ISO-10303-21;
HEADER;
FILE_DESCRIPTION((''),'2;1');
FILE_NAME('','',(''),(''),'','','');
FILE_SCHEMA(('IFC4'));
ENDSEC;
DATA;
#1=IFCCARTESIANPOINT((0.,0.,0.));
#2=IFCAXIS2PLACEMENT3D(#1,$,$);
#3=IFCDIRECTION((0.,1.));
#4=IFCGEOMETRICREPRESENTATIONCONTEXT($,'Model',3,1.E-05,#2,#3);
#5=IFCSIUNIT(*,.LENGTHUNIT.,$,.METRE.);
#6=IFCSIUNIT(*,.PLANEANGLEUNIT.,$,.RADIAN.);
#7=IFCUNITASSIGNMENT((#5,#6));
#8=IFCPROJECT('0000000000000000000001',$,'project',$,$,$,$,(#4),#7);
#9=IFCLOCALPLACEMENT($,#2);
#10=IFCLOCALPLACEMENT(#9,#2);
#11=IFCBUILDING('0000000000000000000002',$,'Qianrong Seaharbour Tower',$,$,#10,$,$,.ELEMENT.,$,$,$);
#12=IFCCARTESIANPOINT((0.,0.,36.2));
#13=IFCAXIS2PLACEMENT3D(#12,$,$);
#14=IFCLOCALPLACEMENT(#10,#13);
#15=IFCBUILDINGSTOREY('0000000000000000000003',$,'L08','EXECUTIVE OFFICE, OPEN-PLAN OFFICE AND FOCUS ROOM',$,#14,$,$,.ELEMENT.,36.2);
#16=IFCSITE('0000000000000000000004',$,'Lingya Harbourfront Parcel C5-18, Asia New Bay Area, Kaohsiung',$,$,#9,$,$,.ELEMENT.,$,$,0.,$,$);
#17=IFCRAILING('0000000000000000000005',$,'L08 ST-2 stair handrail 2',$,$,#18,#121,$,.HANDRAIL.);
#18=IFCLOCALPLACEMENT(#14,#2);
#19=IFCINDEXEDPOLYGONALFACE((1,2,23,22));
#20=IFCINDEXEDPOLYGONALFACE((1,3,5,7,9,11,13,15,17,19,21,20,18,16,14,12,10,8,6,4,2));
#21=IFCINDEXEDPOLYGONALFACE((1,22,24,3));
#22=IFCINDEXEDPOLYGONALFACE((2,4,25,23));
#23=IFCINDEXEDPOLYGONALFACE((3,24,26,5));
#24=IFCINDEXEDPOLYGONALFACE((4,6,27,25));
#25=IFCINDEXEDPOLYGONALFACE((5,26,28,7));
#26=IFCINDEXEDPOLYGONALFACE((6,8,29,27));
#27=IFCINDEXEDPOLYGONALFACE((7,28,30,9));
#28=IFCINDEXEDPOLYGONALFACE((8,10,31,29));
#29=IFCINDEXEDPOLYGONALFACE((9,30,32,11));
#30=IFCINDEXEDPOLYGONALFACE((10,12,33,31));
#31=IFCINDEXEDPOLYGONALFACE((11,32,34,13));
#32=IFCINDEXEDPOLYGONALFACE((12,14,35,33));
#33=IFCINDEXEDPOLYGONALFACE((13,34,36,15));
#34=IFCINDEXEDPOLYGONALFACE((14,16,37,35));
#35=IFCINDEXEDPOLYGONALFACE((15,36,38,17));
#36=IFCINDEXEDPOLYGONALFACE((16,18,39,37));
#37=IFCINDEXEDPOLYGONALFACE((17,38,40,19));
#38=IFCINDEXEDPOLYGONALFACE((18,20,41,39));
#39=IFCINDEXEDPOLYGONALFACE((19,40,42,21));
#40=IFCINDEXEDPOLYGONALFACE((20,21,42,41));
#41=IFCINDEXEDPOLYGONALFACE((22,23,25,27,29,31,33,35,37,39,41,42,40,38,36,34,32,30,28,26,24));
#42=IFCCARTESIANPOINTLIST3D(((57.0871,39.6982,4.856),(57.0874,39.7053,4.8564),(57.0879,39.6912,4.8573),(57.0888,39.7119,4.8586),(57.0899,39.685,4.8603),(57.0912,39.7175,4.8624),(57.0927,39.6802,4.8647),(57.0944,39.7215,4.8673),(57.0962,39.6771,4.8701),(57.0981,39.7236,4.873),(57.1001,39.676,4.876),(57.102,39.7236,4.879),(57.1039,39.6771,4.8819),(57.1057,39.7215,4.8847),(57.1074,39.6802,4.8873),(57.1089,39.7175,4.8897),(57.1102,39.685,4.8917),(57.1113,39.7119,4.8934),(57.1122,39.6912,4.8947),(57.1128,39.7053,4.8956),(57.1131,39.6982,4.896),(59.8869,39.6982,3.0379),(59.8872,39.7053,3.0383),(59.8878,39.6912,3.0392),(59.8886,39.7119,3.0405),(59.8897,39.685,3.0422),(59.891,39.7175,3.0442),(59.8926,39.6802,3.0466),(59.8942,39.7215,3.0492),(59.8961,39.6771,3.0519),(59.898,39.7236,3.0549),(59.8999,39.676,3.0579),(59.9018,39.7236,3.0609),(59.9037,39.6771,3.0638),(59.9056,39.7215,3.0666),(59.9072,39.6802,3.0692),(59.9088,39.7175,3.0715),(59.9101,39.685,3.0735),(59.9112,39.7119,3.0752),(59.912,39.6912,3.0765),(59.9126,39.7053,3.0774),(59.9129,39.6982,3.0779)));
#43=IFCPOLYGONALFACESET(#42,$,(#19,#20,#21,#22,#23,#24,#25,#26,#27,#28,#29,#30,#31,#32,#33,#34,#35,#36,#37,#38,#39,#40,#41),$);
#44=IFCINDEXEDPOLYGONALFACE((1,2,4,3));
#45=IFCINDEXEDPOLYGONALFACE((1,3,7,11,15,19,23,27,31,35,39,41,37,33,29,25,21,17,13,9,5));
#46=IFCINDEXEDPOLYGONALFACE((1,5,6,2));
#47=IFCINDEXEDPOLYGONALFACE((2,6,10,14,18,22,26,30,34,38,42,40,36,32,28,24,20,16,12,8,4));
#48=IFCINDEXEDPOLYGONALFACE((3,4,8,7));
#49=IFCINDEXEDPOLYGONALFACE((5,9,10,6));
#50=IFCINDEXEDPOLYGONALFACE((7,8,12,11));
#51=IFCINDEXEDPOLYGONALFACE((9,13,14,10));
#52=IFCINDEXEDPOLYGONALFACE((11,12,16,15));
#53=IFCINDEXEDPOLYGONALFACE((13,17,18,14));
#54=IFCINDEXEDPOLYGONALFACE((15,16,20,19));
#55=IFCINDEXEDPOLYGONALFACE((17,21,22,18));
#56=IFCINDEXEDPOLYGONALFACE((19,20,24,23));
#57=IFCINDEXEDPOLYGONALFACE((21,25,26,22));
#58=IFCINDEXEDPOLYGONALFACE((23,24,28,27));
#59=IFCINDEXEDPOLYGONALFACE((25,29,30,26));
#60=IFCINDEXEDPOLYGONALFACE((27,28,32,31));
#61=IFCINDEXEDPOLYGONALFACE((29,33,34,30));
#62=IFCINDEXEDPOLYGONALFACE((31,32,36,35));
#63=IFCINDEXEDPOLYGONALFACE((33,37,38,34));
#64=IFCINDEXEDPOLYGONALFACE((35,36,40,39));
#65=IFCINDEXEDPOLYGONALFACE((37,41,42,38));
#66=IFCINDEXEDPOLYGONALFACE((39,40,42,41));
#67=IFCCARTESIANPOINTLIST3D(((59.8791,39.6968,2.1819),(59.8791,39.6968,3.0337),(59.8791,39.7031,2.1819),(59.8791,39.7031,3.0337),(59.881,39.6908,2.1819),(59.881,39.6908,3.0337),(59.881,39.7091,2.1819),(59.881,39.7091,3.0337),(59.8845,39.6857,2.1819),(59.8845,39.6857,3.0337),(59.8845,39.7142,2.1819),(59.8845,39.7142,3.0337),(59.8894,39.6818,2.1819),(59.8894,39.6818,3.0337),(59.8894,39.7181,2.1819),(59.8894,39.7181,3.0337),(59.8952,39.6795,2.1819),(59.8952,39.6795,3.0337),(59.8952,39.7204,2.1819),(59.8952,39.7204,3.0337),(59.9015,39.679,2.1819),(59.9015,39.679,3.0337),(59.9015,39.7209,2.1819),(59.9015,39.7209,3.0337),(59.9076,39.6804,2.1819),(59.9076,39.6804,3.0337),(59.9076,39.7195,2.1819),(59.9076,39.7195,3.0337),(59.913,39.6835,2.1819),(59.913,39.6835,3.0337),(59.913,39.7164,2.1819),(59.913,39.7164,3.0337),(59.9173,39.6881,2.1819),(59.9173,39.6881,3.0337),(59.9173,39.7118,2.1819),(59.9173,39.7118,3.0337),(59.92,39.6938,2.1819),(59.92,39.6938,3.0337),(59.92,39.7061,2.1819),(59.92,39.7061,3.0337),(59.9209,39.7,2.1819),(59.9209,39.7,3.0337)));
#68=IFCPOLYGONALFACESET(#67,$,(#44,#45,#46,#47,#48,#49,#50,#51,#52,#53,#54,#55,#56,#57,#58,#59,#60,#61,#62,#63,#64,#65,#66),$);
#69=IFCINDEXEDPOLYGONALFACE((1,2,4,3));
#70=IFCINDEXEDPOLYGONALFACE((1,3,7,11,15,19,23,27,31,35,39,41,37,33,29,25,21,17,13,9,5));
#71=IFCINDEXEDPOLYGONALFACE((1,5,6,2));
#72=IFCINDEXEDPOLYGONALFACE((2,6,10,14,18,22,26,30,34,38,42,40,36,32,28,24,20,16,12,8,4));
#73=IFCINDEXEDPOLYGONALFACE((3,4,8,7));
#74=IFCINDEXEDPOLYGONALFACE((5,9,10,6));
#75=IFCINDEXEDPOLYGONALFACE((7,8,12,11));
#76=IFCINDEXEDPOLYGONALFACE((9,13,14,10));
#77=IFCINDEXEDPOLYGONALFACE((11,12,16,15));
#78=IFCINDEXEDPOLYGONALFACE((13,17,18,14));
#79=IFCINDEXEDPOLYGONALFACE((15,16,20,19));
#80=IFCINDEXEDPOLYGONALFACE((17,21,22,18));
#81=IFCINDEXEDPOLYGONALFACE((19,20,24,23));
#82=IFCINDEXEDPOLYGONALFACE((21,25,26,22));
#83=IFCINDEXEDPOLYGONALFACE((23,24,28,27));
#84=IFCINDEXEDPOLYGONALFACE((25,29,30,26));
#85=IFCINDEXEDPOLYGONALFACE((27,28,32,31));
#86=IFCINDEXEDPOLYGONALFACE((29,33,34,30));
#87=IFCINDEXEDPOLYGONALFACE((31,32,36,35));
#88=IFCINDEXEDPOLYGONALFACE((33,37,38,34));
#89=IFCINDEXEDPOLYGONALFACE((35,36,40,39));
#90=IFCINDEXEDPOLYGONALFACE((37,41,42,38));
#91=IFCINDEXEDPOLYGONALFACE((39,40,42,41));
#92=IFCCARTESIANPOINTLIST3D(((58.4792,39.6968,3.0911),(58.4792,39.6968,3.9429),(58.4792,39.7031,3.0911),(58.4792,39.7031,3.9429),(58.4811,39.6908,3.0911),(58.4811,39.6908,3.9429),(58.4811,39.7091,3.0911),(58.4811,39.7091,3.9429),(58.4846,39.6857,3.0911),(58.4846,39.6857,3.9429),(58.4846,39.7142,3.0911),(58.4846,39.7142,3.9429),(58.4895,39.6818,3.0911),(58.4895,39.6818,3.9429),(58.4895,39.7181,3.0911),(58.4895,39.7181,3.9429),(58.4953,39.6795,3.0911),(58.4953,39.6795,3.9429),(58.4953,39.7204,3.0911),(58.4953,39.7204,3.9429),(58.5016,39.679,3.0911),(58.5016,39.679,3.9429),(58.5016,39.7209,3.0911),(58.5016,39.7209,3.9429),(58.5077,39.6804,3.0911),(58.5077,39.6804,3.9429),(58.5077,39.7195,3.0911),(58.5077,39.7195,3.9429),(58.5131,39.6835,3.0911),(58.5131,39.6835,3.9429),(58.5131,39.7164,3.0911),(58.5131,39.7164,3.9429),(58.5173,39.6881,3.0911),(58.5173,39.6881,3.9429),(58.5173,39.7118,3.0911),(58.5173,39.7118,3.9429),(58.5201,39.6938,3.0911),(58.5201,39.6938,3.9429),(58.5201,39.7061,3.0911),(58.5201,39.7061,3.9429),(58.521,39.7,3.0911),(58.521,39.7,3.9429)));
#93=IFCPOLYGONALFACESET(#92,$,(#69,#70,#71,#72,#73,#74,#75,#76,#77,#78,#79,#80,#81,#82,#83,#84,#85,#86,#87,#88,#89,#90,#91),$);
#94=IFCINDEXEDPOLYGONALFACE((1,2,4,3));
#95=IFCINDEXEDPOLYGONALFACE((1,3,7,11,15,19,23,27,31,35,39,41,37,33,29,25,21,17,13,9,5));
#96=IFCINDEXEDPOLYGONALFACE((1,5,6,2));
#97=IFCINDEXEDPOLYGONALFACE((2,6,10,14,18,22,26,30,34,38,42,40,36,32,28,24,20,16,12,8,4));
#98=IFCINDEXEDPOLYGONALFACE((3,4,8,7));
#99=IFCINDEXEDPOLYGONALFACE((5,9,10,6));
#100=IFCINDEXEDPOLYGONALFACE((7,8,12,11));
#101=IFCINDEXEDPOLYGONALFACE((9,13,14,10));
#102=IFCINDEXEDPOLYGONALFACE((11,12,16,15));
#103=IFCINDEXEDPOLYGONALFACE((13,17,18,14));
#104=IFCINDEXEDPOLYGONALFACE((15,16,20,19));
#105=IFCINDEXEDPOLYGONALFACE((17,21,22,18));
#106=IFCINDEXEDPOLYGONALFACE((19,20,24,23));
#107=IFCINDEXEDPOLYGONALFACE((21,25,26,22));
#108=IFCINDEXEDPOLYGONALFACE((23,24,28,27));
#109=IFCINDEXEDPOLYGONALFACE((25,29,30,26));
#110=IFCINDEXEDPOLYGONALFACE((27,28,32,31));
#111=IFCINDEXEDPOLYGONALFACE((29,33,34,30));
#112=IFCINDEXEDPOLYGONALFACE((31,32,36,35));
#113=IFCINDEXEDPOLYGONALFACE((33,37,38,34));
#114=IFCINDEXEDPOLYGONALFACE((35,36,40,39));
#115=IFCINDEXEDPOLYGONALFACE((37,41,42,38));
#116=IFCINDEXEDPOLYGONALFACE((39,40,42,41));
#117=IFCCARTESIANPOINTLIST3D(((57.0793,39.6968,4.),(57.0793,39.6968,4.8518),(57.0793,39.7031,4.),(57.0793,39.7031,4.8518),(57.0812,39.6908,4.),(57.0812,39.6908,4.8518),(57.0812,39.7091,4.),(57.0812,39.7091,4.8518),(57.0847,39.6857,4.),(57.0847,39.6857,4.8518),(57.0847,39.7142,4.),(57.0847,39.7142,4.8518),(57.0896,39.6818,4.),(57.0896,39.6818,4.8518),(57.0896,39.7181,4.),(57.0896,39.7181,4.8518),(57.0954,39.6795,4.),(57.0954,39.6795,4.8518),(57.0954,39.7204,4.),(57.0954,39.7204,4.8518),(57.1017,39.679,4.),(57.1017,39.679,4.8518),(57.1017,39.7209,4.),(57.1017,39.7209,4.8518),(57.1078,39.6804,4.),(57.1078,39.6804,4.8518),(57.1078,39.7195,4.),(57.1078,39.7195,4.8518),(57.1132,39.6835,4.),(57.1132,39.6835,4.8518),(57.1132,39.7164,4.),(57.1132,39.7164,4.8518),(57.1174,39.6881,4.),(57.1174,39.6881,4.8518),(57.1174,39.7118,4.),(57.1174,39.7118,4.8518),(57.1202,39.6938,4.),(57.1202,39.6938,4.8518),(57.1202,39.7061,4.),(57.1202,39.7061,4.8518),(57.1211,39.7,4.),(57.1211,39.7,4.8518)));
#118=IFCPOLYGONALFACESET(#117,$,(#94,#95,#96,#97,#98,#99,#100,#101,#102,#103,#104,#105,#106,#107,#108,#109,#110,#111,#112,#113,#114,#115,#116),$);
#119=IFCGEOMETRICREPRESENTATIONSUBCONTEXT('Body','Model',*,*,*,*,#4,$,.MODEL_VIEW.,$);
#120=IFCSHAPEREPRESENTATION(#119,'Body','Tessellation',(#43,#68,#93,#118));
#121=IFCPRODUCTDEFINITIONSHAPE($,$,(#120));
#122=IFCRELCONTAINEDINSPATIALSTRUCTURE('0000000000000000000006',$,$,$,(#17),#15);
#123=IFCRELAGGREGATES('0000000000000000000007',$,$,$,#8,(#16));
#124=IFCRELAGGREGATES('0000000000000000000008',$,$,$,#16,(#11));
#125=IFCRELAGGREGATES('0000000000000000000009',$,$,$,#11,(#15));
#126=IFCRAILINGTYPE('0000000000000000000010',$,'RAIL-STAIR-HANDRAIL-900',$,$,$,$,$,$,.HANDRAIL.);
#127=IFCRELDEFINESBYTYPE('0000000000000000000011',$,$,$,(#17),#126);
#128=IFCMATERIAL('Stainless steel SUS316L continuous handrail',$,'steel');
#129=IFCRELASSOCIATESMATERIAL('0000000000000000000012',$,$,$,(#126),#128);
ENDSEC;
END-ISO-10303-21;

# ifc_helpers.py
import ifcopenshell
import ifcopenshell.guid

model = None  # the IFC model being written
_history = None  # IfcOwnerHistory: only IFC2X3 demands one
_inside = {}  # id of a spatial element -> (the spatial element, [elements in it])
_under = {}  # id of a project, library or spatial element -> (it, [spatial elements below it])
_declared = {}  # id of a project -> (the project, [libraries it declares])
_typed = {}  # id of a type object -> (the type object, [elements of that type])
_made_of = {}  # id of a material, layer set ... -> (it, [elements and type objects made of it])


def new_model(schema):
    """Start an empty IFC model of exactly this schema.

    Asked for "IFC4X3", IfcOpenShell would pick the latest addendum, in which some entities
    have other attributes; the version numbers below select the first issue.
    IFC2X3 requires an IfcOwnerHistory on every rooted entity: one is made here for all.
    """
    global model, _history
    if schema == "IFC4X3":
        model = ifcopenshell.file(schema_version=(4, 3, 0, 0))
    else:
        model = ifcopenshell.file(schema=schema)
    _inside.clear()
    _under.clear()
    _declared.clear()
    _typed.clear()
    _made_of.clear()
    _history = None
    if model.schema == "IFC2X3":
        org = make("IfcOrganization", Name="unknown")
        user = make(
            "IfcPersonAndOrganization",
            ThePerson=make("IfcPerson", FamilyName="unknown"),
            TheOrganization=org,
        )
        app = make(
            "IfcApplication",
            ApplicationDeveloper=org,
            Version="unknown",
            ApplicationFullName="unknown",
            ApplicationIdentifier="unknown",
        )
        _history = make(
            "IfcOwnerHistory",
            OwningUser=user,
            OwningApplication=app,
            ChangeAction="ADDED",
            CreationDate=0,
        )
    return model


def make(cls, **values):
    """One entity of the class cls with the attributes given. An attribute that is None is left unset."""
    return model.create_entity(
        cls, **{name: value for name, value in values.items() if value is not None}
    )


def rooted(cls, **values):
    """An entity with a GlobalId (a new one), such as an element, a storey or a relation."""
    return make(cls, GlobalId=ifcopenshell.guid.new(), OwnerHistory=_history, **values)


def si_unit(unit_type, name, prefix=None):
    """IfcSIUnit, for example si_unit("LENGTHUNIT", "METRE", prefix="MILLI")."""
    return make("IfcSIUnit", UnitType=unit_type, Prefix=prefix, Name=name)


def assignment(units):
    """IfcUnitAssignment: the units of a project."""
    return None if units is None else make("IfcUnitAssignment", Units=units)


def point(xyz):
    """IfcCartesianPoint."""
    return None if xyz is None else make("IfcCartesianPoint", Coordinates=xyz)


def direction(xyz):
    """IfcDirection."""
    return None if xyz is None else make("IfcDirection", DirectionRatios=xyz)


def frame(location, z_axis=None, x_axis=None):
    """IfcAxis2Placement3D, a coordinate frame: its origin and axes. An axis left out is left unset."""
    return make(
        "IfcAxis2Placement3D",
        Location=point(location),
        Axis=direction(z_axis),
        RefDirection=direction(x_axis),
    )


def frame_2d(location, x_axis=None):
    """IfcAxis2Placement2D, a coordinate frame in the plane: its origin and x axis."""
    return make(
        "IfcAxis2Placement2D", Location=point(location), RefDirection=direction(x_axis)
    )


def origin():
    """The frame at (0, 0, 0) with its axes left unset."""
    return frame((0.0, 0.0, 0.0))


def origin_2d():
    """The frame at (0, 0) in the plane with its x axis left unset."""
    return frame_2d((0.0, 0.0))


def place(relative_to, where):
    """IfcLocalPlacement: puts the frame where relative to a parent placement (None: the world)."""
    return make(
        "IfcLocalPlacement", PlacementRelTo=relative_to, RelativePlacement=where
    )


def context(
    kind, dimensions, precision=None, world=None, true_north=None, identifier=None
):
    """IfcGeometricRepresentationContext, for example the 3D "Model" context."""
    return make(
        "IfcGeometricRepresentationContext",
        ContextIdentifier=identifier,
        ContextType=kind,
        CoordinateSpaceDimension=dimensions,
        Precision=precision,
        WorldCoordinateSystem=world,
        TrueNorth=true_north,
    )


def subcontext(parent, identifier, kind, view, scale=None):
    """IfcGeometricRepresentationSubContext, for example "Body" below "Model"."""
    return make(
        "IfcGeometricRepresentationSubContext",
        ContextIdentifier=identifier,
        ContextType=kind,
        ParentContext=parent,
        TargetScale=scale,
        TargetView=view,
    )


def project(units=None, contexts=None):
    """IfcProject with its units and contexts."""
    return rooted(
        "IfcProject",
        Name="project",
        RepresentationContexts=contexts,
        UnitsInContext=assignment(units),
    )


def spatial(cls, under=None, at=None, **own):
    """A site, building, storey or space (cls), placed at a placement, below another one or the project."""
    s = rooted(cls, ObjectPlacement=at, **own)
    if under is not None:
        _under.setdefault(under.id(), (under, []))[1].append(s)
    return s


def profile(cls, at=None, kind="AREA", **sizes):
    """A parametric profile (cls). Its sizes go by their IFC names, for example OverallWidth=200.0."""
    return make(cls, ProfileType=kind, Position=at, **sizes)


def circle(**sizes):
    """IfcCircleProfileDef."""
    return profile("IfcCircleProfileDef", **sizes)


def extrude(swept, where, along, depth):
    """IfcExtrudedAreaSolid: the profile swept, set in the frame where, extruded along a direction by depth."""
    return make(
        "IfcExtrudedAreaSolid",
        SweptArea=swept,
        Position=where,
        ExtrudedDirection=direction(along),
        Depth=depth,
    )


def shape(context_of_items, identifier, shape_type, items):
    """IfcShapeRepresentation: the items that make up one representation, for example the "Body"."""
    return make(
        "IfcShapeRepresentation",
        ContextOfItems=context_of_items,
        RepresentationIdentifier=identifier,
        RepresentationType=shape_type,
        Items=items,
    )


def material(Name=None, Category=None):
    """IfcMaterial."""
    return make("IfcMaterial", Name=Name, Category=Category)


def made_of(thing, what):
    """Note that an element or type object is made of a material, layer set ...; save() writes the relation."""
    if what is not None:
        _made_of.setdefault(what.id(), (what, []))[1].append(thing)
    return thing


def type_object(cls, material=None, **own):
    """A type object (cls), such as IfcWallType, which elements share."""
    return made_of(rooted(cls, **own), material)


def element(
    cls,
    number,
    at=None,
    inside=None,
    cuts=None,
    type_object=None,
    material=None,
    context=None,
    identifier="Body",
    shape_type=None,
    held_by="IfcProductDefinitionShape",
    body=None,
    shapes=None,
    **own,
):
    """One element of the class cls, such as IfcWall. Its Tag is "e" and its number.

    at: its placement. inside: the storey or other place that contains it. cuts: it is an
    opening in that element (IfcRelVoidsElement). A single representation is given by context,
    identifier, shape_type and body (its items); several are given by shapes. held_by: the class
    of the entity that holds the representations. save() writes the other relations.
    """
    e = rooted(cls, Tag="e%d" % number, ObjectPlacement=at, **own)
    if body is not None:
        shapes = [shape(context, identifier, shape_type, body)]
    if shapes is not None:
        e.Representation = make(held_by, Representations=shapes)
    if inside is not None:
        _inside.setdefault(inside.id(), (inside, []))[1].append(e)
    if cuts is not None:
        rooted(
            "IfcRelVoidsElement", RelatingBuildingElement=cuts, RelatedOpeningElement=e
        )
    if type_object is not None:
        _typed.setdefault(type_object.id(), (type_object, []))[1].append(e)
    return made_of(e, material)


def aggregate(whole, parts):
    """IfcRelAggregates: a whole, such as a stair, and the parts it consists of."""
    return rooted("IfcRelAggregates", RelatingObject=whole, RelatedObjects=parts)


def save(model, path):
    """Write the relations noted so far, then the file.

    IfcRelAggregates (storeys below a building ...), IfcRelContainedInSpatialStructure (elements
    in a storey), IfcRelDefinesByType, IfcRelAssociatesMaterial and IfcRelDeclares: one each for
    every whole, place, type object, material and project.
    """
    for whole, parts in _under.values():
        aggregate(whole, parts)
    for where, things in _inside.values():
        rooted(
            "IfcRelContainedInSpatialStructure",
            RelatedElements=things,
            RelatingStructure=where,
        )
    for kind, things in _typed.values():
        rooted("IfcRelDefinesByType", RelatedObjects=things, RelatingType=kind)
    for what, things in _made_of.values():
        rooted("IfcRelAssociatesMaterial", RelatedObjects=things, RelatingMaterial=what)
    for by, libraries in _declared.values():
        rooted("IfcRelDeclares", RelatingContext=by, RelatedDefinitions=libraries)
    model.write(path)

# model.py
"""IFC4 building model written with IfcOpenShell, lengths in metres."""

from ifc_helpers import new_model, si_unit, direction, frame, origin, origin_2d, place, context, subcontext, project, spatial, circle, extrude, material, type_object, element, save


model = new_model("IFC4")

# Units and contexts
model_context = context("Model", 3, precision=1e-05, world=origin(), true_north=direction((0.0, 1.0)))
body_context = subcontext(model_context, "Body", "Model", "MODEL_VIEW")
ifc_project = project(units=[si_unit("LENGTHUNIT", "METRE"), si_unit("PLANEANGLEUNIT", "RADIAN")], contexts=[model_context])

# Site, building, storey
site_placement = place(None, origin())
site = spatial("IfcSite", under=ifc_project, at=site_placement, Name="Lingya Harbourfront Parcel C5-18, Asia New Bay Area, Kaohsiung", CompositionType="ELEMENT", RefElevation=0.0)
building_placement = place(site_placement, origin())
building = spatial("IfcBuilding", under=site, at=building_placement, Name="Qianrong Seaharbour Tower", CompositionType="ELEMENT")
storey_placement = place(building_placement, frame((0.0, 0.0, 36.2)))
storey = spatial("IfcBuildingStorey", under=building, at=storey_placement, Name="L08", Description="EXECUTIVE OFFICE, OPEN-PLAN OFFICE AND FOCUS ROOM", CompositionType="ELEMENT", Elevation=36.2)

# Railing
ifc_material_1 = material(Name="Stainless steel SUS316L continuous handrail", Category="steel")
railing_type_1 = type_object("IfcRailingType", Name="RAIL-STAIR-HANDRAIL-900", PredefinedType="HANDRAIL", material=ifc_material_1)
railing_1_placement = place(storey_placement, frame((59.8999, 39.7, 2.1819)))
element("IfcRailing", 1, at=railing_1_placement, inside=storey, type_object=railing_type_1, Name="L08 ST-2 stair handrail 2", PredefinedType="HANDRAIL", context=body_context, shape_type="SweptSolid", body=[
    extrude(circle(Radius=0.0239, at=origin_2d()), frame((0.0, 0.0, 0.876), z_axis=(-0.838684, 0.0, 0.544618), x_axis=(0.0, -1.0, 0.0)), (0.0, 0.0, 1.0), 3.3384),
    extrude(circle(Radius=0.021, at=origin_2d()), origin(), (0.0, 0.0, 1.0), 0.8518),
    extrude(circle(Radius=0.021, at=origin_2d()), frame((-1.3999, 0.0, 0.9092)), (0.0, 0.0, 1.0), 0.8518),
    extrude(circle(Radius=0.021, at=origin_2d()), frame((-2.7998, 0.0, 1.8181)), (0.0, 0.0, 1.0), 0.8518),
])

save(model, "model.ifc")
